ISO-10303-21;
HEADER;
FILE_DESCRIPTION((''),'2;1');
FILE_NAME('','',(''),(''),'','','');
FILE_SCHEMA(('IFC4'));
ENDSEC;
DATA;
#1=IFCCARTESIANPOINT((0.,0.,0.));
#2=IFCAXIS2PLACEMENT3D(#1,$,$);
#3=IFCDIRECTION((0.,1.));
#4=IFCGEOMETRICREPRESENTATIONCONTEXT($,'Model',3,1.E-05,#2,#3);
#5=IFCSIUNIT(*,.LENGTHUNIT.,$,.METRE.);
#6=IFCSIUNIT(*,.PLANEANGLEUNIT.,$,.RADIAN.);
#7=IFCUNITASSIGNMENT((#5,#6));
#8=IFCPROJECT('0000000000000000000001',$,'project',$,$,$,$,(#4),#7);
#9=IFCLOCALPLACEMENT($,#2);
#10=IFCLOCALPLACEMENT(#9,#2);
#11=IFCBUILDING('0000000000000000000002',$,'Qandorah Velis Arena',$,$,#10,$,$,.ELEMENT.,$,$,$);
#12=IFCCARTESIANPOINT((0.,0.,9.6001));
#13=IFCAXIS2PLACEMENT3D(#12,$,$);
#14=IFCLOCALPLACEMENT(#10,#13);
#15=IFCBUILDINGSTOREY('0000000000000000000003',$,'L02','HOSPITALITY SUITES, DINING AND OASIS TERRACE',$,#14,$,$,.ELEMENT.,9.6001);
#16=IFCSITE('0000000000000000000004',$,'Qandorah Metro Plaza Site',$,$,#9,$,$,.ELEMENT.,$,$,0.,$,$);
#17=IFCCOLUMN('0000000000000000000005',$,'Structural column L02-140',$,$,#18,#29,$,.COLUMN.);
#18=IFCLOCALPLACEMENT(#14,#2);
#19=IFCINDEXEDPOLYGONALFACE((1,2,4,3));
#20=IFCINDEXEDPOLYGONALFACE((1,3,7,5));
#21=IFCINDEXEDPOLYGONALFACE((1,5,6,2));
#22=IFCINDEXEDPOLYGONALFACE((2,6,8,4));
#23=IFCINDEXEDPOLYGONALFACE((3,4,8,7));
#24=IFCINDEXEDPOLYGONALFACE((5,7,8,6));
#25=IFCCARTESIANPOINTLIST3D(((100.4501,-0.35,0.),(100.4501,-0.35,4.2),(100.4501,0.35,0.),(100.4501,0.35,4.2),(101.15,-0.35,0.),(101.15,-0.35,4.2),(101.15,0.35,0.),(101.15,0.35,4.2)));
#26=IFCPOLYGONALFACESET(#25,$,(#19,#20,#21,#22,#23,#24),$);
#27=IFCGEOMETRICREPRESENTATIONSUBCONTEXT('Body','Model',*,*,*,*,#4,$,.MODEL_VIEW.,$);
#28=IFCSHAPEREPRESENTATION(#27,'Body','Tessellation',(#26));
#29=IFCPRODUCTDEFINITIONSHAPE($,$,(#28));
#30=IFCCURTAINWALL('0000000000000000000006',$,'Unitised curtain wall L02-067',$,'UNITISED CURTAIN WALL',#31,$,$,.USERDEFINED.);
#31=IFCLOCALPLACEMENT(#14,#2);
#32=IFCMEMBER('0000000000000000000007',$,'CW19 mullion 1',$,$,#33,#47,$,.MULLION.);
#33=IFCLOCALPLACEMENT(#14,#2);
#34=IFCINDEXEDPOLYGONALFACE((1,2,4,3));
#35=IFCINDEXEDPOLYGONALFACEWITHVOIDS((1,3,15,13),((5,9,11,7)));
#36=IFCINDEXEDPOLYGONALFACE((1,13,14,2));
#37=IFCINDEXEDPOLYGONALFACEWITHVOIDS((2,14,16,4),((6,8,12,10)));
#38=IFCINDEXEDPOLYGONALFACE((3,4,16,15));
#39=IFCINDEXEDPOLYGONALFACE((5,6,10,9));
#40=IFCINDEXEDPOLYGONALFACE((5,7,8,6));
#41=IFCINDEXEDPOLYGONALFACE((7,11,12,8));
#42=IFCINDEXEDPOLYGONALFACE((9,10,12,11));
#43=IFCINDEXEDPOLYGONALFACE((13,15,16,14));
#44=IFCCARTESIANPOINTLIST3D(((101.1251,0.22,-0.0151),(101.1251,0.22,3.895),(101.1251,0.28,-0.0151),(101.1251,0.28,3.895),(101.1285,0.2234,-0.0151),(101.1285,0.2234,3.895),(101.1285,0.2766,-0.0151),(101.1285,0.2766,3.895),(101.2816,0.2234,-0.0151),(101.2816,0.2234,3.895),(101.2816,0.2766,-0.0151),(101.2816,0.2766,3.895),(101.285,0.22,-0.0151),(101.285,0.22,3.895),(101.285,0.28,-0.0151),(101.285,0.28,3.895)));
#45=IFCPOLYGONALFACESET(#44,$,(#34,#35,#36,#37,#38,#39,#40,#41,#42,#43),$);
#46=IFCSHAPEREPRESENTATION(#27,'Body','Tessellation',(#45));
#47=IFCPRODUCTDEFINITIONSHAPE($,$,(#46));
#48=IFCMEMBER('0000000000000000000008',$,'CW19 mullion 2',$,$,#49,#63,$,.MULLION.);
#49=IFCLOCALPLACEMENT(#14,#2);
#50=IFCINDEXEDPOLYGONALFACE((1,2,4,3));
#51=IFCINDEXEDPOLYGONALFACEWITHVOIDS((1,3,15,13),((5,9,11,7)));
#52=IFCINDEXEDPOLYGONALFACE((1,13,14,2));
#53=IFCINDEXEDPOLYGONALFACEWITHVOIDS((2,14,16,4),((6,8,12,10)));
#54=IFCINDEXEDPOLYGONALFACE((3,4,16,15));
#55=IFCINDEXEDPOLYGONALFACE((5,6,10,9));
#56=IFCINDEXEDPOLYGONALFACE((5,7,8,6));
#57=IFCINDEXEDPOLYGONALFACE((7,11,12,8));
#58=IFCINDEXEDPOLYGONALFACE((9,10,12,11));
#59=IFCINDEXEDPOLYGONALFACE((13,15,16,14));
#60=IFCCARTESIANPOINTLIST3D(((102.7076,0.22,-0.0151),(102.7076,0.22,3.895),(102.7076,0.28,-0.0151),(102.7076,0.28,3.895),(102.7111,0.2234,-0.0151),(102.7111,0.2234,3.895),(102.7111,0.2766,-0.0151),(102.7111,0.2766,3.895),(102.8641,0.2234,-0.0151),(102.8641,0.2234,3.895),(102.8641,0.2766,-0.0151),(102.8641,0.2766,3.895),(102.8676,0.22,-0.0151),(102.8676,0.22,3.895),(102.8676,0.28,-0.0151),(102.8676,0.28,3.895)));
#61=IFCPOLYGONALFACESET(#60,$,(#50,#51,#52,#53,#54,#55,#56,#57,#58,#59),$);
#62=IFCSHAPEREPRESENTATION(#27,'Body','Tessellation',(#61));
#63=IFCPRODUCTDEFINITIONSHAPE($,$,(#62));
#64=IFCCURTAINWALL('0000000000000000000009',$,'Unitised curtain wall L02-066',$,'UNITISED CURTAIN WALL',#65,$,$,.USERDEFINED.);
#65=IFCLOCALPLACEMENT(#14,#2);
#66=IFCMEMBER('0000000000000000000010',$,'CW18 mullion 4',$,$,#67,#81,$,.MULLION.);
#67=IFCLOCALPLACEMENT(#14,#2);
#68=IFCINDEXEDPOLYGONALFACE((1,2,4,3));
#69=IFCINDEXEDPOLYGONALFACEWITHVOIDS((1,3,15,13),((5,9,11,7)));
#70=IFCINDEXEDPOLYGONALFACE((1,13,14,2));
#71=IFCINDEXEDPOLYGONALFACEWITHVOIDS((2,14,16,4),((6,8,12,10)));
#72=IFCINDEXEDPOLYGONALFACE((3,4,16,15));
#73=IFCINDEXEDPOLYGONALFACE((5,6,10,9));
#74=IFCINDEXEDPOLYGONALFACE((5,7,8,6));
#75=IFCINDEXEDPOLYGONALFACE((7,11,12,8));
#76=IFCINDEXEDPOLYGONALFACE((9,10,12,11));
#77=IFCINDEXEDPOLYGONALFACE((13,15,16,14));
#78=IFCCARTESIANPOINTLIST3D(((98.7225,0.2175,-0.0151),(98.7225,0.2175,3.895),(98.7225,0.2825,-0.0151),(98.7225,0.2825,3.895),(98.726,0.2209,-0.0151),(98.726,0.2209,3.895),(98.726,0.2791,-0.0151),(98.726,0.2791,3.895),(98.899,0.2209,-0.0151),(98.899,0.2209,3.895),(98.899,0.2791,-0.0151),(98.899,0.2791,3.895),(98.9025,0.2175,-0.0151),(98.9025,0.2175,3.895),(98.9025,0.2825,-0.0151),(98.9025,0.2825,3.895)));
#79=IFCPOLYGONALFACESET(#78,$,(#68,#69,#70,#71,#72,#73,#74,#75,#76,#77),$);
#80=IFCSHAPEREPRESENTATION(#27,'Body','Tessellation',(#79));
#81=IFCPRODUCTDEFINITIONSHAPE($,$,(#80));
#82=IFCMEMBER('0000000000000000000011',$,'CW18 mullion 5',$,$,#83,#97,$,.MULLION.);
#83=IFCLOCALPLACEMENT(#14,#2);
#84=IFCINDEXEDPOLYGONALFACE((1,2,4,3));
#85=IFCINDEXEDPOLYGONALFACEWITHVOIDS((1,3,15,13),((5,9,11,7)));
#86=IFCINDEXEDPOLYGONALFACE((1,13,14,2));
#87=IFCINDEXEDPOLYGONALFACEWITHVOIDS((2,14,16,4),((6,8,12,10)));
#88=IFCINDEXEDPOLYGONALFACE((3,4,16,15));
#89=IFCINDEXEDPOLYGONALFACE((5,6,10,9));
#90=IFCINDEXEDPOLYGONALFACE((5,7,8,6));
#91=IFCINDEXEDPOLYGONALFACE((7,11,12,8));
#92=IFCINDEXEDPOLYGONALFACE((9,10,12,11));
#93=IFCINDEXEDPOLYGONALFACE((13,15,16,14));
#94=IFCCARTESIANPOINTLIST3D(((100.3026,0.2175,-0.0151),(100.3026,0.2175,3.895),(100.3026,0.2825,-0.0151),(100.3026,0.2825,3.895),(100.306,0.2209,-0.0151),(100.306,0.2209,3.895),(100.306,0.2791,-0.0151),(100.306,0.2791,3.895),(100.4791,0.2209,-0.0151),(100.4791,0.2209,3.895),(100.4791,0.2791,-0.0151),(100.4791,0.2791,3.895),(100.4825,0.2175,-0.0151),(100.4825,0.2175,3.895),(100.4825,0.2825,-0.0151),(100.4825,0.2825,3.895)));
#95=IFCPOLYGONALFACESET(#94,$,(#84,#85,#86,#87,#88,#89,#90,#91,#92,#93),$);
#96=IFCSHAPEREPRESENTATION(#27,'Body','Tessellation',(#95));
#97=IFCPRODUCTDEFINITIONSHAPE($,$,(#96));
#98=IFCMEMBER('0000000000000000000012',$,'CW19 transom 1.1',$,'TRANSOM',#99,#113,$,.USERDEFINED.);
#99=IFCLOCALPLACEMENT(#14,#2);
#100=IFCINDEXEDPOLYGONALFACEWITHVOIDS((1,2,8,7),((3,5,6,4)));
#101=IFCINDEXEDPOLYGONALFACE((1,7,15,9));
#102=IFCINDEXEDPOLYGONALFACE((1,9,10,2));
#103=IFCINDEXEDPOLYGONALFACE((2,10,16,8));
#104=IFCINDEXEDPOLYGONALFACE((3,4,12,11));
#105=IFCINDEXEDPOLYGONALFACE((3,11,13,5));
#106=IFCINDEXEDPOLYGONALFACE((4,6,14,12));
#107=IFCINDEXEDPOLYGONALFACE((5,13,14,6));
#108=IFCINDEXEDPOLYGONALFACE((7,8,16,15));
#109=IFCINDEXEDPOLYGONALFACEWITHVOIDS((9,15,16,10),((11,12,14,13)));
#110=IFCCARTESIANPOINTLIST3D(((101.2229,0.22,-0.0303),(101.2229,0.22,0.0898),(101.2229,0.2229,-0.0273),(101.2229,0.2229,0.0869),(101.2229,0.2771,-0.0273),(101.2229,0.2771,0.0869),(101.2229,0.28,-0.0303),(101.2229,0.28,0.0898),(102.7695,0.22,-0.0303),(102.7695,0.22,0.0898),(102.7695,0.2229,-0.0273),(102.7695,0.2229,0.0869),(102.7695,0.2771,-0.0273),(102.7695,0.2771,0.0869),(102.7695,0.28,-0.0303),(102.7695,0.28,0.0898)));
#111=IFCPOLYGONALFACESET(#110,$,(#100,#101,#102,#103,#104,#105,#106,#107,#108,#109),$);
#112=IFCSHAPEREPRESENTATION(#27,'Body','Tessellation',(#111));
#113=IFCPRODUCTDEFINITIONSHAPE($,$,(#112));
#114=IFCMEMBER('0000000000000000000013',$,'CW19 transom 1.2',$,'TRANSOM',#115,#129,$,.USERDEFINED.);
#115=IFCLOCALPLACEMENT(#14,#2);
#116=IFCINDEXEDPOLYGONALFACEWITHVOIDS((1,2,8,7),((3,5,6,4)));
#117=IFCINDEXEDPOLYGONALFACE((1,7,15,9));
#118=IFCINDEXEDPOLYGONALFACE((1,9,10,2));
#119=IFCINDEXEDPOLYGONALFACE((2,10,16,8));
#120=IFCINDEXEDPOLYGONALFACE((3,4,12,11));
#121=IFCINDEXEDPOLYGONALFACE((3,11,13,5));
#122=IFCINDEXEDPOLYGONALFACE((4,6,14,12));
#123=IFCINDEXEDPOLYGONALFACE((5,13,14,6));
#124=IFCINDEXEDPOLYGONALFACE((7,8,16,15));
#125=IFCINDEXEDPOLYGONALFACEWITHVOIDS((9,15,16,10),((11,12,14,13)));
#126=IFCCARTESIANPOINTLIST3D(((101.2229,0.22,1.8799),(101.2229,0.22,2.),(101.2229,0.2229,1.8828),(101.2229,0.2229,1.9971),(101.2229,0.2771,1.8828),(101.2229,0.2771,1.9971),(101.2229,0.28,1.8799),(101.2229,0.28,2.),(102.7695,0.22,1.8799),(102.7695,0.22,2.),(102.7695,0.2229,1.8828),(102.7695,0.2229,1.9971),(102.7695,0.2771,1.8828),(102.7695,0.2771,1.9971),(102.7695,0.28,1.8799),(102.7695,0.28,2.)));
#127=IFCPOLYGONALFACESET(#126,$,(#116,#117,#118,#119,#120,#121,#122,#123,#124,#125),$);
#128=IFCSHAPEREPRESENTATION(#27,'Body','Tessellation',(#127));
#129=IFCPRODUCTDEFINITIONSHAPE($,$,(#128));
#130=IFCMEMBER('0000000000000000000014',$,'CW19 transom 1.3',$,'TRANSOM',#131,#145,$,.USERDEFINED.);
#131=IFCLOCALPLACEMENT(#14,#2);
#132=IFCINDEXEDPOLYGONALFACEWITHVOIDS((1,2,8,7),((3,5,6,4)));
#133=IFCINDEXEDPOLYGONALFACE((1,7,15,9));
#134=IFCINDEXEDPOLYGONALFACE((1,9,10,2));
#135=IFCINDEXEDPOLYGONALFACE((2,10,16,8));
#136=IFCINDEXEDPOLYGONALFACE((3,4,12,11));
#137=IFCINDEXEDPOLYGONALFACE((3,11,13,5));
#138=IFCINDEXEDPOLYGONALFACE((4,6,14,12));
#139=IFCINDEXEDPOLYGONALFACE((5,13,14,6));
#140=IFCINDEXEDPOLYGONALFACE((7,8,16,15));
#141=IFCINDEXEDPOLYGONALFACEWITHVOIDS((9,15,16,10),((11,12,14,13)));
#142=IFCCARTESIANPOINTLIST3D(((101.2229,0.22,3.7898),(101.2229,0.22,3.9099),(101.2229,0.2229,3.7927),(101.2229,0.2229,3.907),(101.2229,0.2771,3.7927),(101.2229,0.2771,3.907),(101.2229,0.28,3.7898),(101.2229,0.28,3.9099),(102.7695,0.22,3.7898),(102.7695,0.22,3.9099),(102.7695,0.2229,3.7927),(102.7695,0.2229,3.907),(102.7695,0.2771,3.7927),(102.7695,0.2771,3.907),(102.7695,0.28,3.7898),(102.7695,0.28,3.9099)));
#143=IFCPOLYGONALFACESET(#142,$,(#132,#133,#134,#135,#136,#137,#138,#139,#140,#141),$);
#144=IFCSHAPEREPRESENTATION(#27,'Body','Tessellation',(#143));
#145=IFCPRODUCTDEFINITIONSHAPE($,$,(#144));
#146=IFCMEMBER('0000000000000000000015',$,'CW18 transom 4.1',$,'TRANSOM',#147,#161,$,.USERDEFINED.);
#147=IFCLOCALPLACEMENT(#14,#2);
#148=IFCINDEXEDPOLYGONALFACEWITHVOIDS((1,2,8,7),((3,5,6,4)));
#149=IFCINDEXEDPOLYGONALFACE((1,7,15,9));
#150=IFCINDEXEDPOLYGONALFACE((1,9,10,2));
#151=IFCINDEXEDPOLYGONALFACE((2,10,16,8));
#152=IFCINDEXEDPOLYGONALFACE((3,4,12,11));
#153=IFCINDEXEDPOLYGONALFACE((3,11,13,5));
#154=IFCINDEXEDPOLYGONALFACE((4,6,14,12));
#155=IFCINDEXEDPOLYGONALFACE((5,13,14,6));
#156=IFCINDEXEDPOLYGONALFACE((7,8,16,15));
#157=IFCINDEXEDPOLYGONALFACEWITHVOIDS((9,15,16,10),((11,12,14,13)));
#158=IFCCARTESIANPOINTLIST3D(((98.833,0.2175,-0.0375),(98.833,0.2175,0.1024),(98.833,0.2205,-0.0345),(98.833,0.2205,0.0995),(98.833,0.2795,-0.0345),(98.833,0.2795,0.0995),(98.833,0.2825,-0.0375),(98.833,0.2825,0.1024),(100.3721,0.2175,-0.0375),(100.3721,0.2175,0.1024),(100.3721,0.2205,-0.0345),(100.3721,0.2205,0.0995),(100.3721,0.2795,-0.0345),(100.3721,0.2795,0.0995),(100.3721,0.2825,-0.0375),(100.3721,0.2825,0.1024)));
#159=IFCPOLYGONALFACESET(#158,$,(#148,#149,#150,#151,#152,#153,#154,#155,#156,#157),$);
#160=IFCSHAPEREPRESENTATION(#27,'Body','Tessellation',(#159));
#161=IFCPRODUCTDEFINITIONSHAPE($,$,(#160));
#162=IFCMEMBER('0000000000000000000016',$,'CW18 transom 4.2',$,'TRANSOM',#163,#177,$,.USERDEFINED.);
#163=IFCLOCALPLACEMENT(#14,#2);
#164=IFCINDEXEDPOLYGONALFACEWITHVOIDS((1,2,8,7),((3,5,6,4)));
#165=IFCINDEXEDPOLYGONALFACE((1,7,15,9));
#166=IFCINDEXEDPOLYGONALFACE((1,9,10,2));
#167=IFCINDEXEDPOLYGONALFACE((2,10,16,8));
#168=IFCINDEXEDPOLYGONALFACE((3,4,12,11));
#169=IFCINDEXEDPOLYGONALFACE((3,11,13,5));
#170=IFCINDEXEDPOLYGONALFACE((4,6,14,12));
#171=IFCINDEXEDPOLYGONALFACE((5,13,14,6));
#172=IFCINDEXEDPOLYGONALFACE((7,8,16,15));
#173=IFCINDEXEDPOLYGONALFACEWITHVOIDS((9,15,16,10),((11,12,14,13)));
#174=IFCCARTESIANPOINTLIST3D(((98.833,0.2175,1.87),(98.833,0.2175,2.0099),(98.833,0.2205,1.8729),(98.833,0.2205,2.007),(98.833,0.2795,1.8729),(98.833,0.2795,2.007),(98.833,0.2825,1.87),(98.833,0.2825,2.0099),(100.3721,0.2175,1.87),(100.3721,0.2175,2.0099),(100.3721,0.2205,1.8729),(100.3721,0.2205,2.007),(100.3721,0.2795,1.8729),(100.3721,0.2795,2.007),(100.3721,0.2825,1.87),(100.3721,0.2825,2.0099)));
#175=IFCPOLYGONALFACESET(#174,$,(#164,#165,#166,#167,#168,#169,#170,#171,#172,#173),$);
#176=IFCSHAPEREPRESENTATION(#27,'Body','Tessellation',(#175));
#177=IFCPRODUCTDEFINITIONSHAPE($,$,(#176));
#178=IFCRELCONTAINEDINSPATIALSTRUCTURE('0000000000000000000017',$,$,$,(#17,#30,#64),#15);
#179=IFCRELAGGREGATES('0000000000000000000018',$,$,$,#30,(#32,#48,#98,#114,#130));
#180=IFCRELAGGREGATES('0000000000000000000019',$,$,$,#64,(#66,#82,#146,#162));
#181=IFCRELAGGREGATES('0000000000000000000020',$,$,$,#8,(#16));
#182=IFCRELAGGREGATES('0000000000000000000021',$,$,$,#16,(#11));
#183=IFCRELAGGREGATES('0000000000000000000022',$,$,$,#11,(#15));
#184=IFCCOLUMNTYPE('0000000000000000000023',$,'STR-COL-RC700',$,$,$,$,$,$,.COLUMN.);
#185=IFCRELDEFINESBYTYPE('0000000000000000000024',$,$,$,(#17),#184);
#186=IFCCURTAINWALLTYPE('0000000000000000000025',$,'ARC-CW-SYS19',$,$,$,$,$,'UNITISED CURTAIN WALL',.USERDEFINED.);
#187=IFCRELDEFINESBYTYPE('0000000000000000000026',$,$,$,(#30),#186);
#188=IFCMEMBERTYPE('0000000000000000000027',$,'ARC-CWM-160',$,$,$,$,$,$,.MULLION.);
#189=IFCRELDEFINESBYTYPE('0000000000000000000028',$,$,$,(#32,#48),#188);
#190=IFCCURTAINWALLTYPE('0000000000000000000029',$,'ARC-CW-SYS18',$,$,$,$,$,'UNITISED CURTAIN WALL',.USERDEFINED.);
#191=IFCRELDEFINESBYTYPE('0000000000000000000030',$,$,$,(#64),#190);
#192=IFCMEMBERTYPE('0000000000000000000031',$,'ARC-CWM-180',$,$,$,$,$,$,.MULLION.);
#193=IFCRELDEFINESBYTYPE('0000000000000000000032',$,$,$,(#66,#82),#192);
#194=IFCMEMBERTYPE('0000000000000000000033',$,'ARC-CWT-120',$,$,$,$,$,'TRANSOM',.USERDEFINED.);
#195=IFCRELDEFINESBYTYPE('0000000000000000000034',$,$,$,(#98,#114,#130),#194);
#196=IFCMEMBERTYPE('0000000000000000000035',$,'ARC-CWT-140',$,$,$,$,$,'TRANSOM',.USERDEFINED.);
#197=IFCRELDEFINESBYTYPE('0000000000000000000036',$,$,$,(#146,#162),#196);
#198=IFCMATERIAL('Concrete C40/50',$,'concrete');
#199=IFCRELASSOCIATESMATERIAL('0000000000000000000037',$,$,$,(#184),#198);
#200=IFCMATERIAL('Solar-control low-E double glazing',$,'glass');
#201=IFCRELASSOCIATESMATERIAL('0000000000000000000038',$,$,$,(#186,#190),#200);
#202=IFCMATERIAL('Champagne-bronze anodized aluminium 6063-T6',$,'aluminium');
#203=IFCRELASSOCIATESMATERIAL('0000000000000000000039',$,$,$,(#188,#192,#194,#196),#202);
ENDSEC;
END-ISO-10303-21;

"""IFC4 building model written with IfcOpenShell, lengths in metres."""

from ifc_helpers import new_model, si_unit, direction, frame, origin, origin_2d, place, context, subcontext, project, spatial, rectangle, hollow_rectangle, extrude, material, material_profile, profile_set, type_object, element, aggregate, save


model = new_model("IFC4")

# Units and contexts
model_context = context("Model", 3, precision=1e-05, world=origin(), true_north=direction((0.0, 1.0)))
body_context = subcontext(model_context, "Body", "Model", "MODEL_VIEW")
ifc_project = project(units=[si_unit("LENGTHUNIT", "METRE"), si_unit("PLANEANGLEUNIT", "RADIAN")], contexts=[model_context])

# Site, building, storey
site_placement = place(None, origin())
site = spatial("IfcSite", under=ifc_project, at=site_placement, Name="Qandorah Metro Plaza Site", CompositionType="ELEMENT", RefElevation=0.0)
building_placement = place(site_placement, origin())
building = spatial("IfcBuilding", under=site, at=building_placement, Name="Qandorah Velis Arena", CompositionType="ELEMENT")
storey_placement = place(building_placement, frame((0.0, 0.0, 9.6001)))
storey = spatial("IfcBuildingStorey", under=building, at=storey_placement, Name="L02", Description="HOSPITALITY SUITES, DINING AND OASIS TERRACE", CompositionType="ELEMENT", Elevation=9.6001)

# Column
ifc_material_1 = material(Name="Concrete C40/50", Category="concrete")
ifc_material_profile_1 = material_profile(ifc_material_1, rectangle(XDim=0.7, YDim=0.7, at=origin_2d()), Name="RC COL 700x700")
ifc_profile_set_1 = profile_set([ifc_material_profile_1], Name="Concrete C40/50")
column_type = type_object("IfcColumnType", Name="STR-COL-RC700", PredefinedType="COLUMN", material=ifc_profile_set_1)
column_placement = place(storey_placement, frame((100.8, 0.0, 0.0), z_axis=(0.0, 0.0, 1.0), x_axis=(1.0, 0.0, 0.0)))
element("IfcColumn", 1, at=column_placement, inside=storey, type_object=column_type, Name="Structural column L02-140", PredefinedType="COLUMN", context=body_context, shape_type="SweptSolid", body=[
    extrude(rectangle(XDim=0.7, YDim=0.7, at=origin_2d()), origin(), (0.0, 0.0, 1.0), 4.2),
])

# Curtain walls, members
ifc_material_2 = material(Name="Solar-control low-E double glazing", Category="glass")
curtain_wall_type_1 = type_object("IfcCurtainWallType", Name="ARC-CW-SYS19", ElementType="UNITISED CURTAIN WALL", PredefinedType="USERDEFINED", material=ifc_material_2)
curtain_wall_1_placement = place(storey_placement, origin())
curtain_wall_1 = element("IfcCurtainWall", 2, at=curtain_wall_1_placement, inside=storey, type_object=curtain_wall_type_1, Name="Unitised curtain wall L02-067", ObjectType="UNITISED CURTAIN WALL", PredefinedType="USERDEFINED")
ifc_material_3 = material(Name="Champagne-bronze anodized aluminium 6063-T6", Category="aluminium")
ifc_material_profile_2 = material_profile(ifc_material_3, hollow_rectangle(XDim=0.0601, YDim=0.1599, WallThickness=0.0034, at=origin_2d()), Name="ALU MULLION 60x160")
ifc_profile_set_2 = profile_set([ifc_material_profile_2], Name="Champagne-bronze anodized aluminium 6063-T6")
member_type_1 = type_object("IfcMemberType", Name="ARC-CWM-160", PredefinedType="MULLION", material=ifc_profile_set_2)
member_1_placement = place(storey_placement, frame((101.2051, 0.25, -0.0151), z_axis=(0.0, 0.0, 1.0), x_axis=(0.0, 1.0, 0.0)))
member_1 = element("IfcMember", 3, at=member_1_placement, type_object=member_type_1, Name="CW19 mullion 1", PredefinedType="MULLION", context=body_context, shape_type="SweptSolid", body=[
    extrude(hollow_rectangle(XDim=0.0601, YDim=0.1599, WallThickness=0.0034, at=origin_2d()), origin(), (0.0, 0.0, 1.0), 3.9102),
])
member_2_placement = place(storey_placement, frame((102.7876, 0.25, -0.0151), z_axis=(0.0, 0.0, 1.0), x_axis=(0.0, 1.0, 0.0)))
member_2 = element("IfcMember", 4, at=member_2_placement, type_object=member_type_1, Name="CW19 mullion 2", PredefinedType="MULLION", context=body_context, shape_type="SweptSolid", body=[
    extrude(hollow_rectangle(XDim=0.0601, YDim=0.1599, WallThickness=0.0034, at=origin_2d()), origin(), (0.0, 0.0, 1.0), 3.9102),
])
curtain_wall_type_2 = type_object("IfcCurtainWallType", Name="ARC-CW-SYS18", ElementType="UNITISED CURTAIN WALL", PredefinedType="USERDEFINED", material=ifc_material_2)
curtain_wall_2_placement = place(storey_placement, origin())
curtain_wall_2 = element("IfcCurtainWall", 5, at=curtain_wall_2_placement, inside=storey, type_object=curtain_wall_type_2, Name="Unitised curtain wall L02-066", ObjectType="UNITISED CURTAIN WALL", PredefinedType="USERDEFINED")
ifc_material_profile_3 = material_profile(ifc_material_3, hollow_rectangle(XDim=0.0649, YDim=0.1799, WallThickness=0.0034, at=origin_2d()), Name="ALU MULLION 65x180")
ifc_profile_set_3 = profile_set([ifc_material_profile_3], Name="Champagne-bronze anodized aluminium 6063-T6")
member_type_2 = type_object("IfcMemberType", Name="ARC-CWM-180", PredefinedType="MULLION", material=ifc_profile_set_3)
member_3_placement = place(storey_placement, frame((98.8125, 0.25, -0.0151), z_axis=(0.0, 0.0, 1.0), x_axis=(0.0, 1.0, 0.0)))
member_3 = element("IfcMember", 6, at=member_3_placement, type_object=member_type_2, Name="CW18 mullion 4", PredefinedType="MULLION", context=body_context, shape_type="SweptSolid", body=[
    extrude(hollow_rectangle(XDim=0.0649, YDim=0.1799, WallThickness=0.0034, at=origin_2d()), origin(), (0.0, 0.0, 1.0), 3.9102),
])
member_4_placement = place(storey_placement, frame((100.3926, 0.25, -0.0151), z_axis=(0.0, 0.0, 1.0), x_axis=(0.0, 1.0, 0.0)))
member_4 = element("IfcMember", 7, at=member_4_placement, type_object=member_type_2, Name="CW18 mullion 5", PredefinedType="MULLION", context=body_context, shape_type="SweptSolid", body=[
    extrude(hollow_rectangle(XDim=0.0649, YDim=0.1799, WallThickness=0.0034, at=origin_2d()), origin(), (0.0, 0.0, 1.0), 3.9102),
])

# Members
ifc_material_profile_4 = material_profile(ifc_material_3, hollow_rectangle(XDim=0.0601, YDim=0.1201, WallThickness=0.0029, at=origin_2d()), Name="ALU TRANSOM 60x120")
ifc_profile_set_4 = profile_set([ifc_material_profile_4], Name="Champagne-bronze anodized aluminium 6063-T6")
member_type_3 = type_object("IfcMemberType", Name="ARC-CWT-120", ElementType="TRANSOM", PredefinedType="USERDEFINED", material=ifc_profile_set_4)
member_5_placement = place(storey_placement, frame((101.2229, 0.25, 0.0298), z_axis=(1.0, 0.0, 0.0), x_axis=(0.0, 1.0, 0.0)))
member_5 = element("IfcMember", 8, at=member_5_placement, type_object=member_type_3, Name="CW19 transom 1.1", ObjectType="TRANSOM", PredefinedType="USERDEFINED", context=body_context, shape_type="SweptSolid", body=[
    extrude(hollow_rectangle(XDim=0.0601, YDim=0.1201, WallThickness=0.0029, at=origin_2d()), origin(), (0.0, 0.0, 1.0), 1.5466),
])
member_6_placement = place(storey_placement, frame((101.2229, 0.25, 1.9399), z_axis=(1.0, 0.0, 0.0), x_axis=(0.0, 1.0, 0.0)))
member_6 = element("IfcMember", 9, at=member_6_placement, type_object=member_type_3, Name="CW19 transom 1.2", ObjectType="TRANSOM", PredefinedType="USERDEFINED", context=body_context, shape_type="SweptSolid", body=[
    extrude(hollow_rectangle(XDim=0.0601, YDim=0.1201, WallThickness=0.0029, at=origin_2d()), origin(), (0.0, 0.0, 1.0), 1.5466),
])
member_7_placement = place(storey_placement, frame((101.2229, 0.25, 3.8499), z_axis=(1.0, 0.0, 0.0), x_axis=(0.0, 1.0, 0.0)))
member_7 = element("IfcMember", 10, at=member_7_placement, type_object=member_type_3, Name="CW19 transom 1.3", ObjectType="TRANSOM", PredefinedType="USERDEFINED", context=body_context, shape_type="SweptSolid", body=[
    extrude(hollow_rectangle(XDim=0.0601, YDim=0.1201, WallThickness=0.0029, at=origin_2d()), origin(), (0.0, 0.0, 1.0), 1.5466),
])
ifc_material_profile_5 = material_profile(ifc_material_3, hollow_rectangle(XDim=0.0649, YDim=0.1399, WallThickness=0.0029, at=origin_2d()), Name="ALU TRANSOM 65x140")
ifc_profile_set_5 = profile_set([ifc_material_profile_5], Name="Champagne-bronze anodized aluminium 6063-T6")
member_type_4 = type_object("IfcMemberType", Name="ARC-CWT-140", ElementType="TRANSOM", PredefinedType="USERDEFINED", material=ifc_profile_set_5)
member_8_placement = place(storey_placement, frame((98.833, 0.25, 0.0325), z_axis=(1.0, 0.0, 0.0), x_axis=(0.0, 1.0, 0.0)))
member_8 = element("IfcMember", 11, at=member_8_placement, type_object=member_type_4, Name="CW18 transom 4.1", ObjectType="TRANSOM", PredefinedType="USERDEFINED", context=body_context, shape_type="SweptSolid", body=[
    extrude(hollow_rectangle(XDim=0.0649, YDim=0.1399, WallThickness=0.0029, at=origin_2d()), origin(), (0.0, 0.0, 1.0), 1.5391),
])
member_9_placement = place(storey_placement, frame((98.833, 0.25, 1.9399), z_axis=(1.0, 0.0, 0.0), x_axis=(0.0, 1.0, 0.0)))
member_9 = element("IfcMember", 12, at=member_9_placement, type_object=member_type_4, Name="CW18 transom 4.2", ObjectType="TRANSOM", PredefinedType="USERDEFINED", context=body_context, shape_type="SweptSolid", body=[
    extrude(hollow_rectangle(XDim=0.0649, YDim=0.1399, WallThickness=0.0029, at=origin_2d()), origin(), (0.0, 0.0, 1.0), 1.5391),
])

aggregate(curtain_wall_1, [member_1, member_2, member_5, member_6, member_7])
aggregate(curtain_wall_2, [member_3, member_4, member_8, member_9])

save(model, "model.ifc")
